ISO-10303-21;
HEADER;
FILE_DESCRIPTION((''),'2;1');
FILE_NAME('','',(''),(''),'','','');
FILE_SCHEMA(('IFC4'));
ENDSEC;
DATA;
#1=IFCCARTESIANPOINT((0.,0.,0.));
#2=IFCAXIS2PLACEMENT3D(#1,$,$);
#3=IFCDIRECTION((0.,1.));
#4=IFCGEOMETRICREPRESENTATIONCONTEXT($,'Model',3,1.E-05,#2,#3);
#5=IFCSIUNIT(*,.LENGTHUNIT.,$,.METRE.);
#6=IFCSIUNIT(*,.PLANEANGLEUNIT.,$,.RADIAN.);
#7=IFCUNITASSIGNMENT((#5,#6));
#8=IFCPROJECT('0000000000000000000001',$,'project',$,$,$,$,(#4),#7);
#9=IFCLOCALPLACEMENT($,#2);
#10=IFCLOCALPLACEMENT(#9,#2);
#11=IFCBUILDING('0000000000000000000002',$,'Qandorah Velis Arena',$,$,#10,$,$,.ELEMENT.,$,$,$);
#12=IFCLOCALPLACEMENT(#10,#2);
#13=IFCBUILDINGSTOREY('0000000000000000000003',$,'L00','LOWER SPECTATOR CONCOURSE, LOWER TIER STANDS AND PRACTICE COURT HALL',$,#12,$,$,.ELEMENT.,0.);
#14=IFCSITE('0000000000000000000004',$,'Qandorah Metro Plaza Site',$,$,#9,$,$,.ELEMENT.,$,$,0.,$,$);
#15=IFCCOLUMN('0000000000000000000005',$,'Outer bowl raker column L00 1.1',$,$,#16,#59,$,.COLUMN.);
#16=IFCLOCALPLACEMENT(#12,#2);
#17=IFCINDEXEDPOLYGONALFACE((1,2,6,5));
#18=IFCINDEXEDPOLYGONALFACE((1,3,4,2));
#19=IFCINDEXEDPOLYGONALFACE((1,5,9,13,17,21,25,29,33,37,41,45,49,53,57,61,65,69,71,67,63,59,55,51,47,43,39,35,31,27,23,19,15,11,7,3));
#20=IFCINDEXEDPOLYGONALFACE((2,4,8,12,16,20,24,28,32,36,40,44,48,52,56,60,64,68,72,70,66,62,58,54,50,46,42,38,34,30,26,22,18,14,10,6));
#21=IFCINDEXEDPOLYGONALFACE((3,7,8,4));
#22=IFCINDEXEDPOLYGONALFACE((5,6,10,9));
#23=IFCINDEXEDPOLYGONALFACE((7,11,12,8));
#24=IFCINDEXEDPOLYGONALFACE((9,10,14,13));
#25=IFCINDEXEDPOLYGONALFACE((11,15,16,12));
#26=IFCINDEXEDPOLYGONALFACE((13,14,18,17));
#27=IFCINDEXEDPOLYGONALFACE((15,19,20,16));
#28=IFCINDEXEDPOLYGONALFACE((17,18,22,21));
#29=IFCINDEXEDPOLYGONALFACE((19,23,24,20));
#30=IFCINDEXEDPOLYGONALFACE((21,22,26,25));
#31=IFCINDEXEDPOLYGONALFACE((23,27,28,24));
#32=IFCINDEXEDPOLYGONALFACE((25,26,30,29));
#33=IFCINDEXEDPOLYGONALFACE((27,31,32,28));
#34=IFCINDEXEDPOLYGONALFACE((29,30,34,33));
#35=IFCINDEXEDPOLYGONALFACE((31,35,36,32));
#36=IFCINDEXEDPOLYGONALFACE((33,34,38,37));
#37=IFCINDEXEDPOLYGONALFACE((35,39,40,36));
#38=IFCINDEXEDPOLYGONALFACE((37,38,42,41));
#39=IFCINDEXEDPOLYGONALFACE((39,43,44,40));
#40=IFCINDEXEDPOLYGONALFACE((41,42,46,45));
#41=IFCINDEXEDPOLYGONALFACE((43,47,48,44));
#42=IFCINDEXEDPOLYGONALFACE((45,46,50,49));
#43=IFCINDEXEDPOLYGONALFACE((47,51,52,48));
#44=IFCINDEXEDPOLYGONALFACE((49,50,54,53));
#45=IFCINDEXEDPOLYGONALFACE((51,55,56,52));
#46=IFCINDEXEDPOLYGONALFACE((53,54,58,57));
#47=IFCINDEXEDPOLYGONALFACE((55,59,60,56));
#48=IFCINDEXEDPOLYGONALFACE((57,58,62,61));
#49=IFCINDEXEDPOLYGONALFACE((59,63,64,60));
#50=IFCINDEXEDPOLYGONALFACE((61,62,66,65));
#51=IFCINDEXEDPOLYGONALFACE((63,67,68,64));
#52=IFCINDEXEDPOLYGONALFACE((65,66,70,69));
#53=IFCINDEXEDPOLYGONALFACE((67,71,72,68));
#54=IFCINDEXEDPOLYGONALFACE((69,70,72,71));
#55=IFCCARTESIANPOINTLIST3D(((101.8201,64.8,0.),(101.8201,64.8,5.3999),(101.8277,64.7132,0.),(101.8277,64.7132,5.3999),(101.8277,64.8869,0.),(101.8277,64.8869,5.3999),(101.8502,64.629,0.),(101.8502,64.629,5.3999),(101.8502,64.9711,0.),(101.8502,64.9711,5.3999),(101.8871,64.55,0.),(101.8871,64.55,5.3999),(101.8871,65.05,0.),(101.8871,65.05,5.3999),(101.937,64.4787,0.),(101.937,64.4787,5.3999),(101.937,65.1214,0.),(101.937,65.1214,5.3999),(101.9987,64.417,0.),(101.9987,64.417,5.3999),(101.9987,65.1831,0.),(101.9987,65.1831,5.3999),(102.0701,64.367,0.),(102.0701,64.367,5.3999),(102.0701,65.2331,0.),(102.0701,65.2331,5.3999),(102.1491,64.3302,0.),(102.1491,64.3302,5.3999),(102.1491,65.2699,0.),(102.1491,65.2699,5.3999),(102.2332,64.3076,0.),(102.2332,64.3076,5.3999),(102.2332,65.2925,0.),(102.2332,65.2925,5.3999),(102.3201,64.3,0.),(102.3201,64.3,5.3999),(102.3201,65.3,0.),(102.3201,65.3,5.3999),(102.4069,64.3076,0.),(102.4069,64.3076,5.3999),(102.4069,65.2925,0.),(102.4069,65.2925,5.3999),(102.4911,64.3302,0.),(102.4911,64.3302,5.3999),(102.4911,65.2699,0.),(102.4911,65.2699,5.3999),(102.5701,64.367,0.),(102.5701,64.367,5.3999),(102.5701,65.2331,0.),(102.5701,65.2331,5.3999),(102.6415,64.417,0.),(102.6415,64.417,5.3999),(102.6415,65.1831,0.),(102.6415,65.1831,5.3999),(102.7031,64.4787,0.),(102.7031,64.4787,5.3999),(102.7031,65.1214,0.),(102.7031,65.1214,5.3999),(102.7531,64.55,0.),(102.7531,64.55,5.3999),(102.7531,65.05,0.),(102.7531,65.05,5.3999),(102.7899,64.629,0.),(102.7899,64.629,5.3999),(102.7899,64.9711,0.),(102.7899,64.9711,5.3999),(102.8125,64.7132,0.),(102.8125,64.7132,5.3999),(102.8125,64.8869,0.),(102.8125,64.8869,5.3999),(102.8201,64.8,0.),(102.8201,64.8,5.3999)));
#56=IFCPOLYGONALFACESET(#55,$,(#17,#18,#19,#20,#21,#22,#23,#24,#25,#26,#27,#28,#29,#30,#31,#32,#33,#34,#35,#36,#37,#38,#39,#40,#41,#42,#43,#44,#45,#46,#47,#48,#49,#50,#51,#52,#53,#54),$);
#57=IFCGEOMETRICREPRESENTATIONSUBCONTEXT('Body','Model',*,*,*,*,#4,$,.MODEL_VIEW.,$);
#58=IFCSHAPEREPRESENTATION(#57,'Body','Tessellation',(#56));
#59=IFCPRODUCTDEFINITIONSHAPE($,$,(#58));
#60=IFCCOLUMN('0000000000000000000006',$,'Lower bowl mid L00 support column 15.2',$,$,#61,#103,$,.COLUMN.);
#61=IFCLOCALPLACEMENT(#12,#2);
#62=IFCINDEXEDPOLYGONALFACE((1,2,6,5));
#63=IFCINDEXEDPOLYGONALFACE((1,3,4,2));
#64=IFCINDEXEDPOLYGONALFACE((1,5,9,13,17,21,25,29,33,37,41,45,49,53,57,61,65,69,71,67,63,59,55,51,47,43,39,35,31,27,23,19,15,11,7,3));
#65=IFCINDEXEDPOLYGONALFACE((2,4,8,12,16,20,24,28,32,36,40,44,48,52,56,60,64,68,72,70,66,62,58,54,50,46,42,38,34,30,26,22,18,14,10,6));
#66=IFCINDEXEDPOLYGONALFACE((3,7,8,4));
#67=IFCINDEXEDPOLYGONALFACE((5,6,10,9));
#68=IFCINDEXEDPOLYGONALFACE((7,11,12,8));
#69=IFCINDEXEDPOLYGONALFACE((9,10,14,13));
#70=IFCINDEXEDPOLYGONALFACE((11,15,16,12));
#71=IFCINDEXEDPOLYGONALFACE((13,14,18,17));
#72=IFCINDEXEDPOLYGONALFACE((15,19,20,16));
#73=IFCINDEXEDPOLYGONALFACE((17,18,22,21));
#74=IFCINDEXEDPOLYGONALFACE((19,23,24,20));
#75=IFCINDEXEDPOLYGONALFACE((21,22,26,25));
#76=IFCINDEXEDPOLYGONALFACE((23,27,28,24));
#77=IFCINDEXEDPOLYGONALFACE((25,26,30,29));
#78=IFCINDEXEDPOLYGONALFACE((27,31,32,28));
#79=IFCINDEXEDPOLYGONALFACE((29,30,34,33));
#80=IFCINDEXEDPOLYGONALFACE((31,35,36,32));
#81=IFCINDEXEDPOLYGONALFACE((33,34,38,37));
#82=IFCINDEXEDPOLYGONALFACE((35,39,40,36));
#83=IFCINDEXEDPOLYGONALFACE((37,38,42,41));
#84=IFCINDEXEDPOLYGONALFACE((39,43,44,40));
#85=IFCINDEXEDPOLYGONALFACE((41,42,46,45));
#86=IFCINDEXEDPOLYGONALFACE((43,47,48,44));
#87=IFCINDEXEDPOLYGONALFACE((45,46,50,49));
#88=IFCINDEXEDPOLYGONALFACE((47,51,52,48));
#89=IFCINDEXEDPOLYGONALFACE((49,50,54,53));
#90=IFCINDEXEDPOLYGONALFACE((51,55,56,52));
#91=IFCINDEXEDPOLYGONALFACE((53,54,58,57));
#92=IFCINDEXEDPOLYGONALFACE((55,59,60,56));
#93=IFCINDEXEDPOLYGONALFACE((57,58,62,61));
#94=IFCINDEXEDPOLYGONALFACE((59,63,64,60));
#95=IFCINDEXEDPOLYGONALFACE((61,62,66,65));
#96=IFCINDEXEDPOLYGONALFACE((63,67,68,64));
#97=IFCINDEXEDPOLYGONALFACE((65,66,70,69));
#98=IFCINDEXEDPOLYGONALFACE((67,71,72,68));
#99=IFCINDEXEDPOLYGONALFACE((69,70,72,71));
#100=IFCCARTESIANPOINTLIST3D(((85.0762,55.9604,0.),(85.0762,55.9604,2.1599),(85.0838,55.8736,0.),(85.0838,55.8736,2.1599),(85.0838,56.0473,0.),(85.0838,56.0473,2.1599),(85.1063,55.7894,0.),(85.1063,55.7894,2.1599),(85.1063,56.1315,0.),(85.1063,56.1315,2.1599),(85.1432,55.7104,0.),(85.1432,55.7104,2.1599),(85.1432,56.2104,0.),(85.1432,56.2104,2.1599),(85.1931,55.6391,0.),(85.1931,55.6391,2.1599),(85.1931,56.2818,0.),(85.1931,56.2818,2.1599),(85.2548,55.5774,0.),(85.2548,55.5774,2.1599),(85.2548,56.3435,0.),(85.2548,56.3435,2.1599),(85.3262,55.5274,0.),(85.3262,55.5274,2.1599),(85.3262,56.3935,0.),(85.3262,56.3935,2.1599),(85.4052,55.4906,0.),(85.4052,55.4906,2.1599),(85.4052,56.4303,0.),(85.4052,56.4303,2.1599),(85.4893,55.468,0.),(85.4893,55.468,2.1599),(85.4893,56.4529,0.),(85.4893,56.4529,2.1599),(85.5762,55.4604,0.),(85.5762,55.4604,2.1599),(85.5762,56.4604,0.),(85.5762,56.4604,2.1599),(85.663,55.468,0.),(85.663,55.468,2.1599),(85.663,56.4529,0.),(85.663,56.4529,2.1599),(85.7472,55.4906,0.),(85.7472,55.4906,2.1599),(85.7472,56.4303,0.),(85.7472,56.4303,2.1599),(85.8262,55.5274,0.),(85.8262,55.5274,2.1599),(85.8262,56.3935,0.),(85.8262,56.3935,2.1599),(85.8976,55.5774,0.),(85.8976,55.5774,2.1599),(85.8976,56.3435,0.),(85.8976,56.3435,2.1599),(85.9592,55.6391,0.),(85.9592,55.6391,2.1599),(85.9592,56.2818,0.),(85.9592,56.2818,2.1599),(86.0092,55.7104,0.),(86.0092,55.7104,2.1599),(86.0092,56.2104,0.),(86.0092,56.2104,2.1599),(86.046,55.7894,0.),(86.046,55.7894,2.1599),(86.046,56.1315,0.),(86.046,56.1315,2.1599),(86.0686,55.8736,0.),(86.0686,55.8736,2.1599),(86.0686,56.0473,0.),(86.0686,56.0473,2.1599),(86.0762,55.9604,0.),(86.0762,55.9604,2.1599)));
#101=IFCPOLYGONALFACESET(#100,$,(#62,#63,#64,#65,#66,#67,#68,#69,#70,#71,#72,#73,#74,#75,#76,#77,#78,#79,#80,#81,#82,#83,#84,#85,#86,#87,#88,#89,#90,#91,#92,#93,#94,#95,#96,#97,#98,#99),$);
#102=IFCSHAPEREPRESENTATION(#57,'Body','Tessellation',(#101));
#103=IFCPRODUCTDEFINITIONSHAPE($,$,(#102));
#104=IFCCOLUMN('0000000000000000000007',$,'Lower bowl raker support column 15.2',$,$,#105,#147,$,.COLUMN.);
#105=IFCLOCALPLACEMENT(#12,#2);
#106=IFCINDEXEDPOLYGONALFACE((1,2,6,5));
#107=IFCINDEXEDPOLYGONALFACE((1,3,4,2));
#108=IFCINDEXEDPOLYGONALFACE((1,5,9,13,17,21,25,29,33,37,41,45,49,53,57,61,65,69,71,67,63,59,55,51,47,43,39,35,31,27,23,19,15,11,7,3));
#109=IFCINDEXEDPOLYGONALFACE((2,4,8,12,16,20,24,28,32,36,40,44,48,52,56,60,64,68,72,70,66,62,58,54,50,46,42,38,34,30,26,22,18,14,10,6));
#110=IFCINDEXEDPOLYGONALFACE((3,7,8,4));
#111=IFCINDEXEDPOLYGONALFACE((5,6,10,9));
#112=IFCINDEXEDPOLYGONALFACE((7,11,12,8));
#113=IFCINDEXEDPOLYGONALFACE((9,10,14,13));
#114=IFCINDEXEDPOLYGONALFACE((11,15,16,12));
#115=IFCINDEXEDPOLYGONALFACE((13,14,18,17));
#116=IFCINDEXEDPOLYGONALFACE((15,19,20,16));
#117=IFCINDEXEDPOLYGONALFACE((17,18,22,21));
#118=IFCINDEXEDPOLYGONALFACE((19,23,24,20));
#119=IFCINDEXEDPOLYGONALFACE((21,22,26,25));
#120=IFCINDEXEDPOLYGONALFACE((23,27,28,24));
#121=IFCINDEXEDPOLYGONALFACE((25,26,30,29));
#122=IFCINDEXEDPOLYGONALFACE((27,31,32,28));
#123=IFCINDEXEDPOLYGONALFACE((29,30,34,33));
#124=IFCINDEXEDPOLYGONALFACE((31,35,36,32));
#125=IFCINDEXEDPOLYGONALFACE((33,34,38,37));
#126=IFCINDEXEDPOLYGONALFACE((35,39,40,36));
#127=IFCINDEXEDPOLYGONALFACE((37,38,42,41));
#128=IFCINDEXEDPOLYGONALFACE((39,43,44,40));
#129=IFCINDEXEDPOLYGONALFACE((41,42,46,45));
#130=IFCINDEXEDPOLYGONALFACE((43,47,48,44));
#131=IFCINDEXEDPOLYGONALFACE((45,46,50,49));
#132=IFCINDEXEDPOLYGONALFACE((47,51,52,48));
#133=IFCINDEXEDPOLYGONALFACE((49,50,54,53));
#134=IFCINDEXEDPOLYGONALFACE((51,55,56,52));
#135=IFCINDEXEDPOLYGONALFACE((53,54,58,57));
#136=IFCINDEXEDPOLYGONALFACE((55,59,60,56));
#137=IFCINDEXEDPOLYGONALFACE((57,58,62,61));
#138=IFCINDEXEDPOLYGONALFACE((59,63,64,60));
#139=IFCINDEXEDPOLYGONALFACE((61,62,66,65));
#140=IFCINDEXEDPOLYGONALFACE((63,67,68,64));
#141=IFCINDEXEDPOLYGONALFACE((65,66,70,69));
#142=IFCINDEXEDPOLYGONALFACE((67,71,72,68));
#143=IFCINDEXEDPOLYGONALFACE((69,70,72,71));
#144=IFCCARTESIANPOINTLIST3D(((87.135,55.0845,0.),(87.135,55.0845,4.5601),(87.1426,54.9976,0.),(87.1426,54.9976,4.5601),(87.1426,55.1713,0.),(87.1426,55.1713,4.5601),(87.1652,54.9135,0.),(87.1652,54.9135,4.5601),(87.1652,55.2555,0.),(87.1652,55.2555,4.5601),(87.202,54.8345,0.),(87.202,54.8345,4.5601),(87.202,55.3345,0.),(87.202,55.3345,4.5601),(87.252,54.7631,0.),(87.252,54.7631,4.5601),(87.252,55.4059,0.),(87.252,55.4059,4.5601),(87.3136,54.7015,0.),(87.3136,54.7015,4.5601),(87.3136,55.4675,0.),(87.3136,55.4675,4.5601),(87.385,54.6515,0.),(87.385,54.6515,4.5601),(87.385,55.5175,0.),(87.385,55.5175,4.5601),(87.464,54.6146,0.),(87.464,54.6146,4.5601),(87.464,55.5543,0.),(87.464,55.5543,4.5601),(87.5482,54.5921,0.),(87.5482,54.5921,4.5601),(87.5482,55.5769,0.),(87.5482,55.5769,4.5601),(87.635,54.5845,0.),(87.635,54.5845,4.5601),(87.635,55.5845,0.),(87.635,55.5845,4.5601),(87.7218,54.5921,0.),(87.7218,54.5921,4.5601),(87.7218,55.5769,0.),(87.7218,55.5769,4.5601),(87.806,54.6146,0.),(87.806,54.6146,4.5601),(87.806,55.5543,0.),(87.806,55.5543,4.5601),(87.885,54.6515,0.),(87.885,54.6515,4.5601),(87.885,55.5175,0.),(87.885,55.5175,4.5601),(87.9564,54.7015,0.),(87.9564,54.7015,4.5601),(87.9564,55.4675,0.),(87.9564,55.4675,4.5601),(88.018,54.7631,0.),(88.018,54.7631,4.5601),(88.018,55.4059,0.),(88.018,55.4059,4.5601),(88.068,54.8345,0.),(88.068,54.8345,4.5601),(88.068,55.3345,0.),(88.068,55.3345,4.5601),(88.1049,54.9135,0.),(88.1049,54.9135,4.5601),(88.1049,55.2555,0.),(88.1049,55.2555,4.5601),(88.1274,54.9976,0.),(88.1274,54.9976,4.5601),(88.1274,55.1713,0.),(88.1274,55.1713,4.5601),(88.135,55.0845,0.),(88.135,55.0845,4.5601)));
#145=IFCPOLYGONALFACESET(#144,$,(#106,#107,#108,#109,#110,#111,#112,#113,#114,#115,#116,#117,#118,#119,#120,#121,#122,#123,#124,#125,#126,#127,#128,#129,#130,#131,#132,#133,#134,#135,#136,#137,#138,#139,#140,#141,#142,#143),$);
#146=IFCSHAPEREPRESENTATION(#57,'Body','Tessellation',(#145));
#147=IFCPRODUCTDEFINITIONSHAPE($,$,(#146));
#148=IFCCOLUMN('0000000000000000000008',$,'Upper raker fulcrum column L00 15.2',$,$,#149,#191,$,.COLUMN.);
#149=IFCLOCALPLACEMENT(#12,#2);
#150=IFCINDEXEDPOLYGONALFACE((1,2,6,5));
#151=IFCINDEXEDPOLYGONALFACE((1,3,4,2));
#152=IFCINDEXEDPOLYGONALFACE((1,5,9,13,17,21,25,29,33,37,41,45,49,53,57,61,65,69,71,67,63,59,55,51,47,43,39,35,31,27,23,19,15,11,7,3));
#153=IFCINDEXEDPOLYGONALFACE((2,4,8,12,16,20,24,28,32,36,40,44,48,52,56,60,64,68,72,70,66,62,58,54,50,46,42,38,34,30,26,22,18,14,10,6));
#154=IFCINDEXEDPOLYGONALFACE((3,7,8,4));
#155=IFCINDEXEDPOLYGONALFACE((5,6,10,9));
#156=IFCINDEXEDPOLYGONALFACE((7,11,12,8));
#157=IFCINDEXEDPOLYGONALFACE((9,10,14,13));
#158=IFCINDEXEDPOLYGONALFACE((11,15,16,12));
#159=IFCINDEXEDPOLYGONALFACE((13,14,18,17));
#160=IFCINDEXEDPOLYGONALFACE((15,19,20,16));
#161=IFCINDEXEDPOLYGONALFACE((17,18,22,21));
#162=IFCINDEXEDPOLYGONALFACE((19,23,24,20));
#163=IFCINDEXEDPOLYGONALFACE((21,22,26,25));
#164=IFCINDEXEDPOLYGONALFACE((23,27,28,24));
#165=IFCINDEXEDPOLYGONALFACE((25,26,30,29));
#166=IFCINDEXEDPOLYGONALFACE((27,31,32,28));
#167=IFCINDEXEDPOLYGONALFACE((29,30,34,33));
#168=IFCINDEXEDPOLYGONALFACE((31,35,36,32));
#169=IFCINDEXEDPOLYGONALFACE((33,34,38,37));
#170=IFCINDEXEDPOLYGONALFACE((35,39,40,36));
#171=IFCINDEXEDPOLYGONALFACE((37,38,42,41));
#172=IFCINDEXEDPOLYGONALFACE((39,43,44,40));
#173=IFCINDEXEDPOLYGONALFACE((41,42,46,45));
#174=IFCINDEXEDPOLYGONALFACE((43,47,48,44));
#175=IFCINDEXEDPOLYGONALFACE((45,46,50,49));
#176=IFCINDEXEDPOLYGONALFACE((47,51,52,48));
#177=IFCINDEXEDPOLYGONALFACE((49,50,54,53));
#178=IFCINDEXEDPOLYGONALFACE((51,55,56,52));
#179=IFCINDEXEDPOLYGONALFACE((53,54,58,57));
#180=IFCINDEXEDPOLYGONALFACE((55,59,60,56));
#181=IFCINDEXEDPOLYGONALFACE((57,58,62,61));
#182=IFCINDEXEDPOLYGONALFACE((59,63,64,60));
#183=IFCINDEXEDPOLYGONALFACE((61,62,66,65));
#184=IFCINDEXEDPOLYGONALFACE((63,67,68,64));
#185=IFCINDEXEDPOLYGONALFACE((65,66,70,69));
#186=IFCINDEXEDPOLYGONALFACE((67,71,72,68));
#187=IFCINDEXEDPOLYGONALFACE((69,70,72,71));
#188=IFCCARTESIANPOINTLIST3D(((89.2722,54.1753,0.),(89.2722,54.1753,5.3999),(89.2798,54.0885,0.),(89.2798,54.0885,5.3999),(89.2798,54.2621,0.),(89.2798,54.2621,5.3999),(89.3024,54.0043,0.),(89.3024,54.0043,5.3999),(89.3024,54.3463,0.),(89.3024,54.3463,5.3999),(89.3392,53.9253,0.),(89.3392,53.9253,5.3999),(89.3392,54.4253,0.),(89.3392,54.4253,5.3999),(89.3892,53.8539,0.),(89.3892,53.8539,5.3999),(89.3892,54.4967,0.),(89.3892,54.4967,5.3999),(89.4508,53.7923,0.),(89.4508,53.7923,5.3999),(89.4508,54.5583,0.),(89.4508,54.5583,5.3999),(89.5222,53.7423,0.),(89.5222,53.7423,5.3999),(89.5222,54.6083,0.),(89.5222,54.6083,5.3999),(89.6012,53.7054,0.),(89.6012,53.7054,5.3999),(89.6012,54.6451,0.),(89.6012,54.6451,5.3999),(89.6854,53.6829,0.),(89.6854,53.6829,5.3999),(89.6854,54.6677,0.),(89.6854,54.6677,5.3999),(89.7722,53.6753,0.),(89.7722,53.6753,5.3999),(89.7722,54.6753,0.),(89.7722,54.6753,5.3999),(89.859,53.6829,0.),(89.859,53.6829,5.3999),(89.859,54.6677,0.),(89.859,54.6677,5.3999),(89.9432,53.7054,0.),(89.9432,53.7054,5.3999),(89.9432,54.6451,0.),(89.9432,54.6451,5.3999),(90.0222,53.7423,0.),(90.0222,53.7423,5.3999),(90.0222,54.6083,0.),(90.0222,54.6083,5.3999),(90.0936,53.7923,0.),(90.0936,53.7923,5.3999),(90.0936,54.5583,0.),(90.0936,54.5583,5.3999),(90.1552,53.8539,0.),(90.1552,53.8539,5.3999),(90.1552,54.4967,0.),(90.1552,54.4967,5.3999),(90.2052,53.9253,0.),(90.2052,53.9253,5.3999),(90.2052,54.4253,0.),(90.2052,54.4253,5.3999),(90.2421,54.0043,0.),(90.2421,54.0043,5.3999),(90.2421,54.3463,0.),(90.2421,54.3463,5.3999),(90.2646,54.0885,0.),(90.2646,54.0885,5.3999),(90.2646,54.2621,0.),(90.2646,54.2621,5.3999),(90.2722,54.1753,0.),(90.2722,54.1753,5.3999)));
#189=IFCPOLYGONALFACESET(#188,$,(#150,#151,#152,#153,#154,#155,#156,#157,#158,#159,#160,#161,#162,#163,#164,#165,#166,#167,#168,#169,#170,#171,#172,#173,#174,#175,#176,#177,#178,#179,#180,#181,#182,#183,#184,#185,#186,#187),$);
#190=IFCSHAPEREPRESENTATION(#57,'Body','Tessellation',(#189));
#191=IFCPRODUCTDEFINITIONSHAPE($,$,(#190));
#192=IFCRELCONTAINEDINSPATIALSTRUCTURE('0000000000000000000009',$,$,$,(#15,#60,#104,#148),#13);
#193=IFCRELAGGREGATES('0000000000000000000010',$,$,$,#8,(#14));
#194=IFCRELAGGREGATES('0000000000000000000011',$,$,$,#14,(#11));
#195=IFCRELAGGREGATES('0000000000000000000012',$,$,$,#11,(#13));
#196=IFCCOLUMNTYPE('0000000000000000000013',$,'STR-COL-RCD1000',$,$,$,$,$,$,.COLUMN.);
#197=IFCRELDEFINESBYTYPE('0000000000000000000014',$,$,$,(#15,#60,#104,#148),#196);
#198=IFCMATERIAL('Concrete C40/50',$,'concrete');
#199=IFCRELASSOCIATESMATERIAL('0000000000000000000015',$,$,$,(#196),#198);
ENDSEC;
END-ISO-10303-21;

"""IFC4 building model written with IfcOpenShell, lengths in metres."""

from ifc_helpers import new_model, si_unit, direction, frame, origin, origin_2d, place, context, subcontext, project, spatial, circle, extrude, material, material_profile, profile_set, type_object, element, save


model = new_model("IFC4")

# Units and contexts
model_context = context("Model", 3, precision=1e-05, world=origin(), true_north=direction((0.0, 1.0)))
body_context = subcontext(model_context, "Body", "Model", "MODEL_VIEW")
ifc_project = project(units=[si_unit("LENGTHUNIT", "METRE"), si_unit("PLANEANGLEUNIT", "RADIAN")], contexts=[model_context])

# Site, building, storey
site_placement = place(None, origin())
site = spatial("IfcSite", under=ifc_project, at=site_placement, Name="Qandorah Metro Plaza Site", CompositionType="ELEMENT", RefElevation=0.0)
building_placement = place(site_placement, origin())
building = spatial("IfcBuilding", under=site, at=building_placement, Name="Qandorah Velis Arena", CompositionType="ELEMENT")
storey_placement = place(building_placement, origin())
storey = spatial("IfcBuildingStorey", under=building, at=storey_placement, Name="L00", Description="LOWER SPECTATOR CONCOURSE, LOWER TIER STANDS AND PRACTICE COURT HALL", CompositionType="ELEMENT", Elevation=0.0)

# Columns
ifc_material_1 = material(Name="Concrete C40/50", Category="concrete")
ifc_material_profile_1 = material_profile(ifc_material_1, circle(Radius=0.5, at=origin_2d()), Name="RC D1000")
ifc_profile_set_1 = profile_set([ifc_material_profile_1], Name="Concrete C40/50")
column_type_1 = type_object("IfcColumnType", Name="STR-COL-RCD1000", PredefinedType="COLUMN", material=ifc_profile_set_1)
for number, where, z_axis, x_axis, name in (
    (1, (102.3201, 64.8, 0.0), (0.0, 0.0, 1.0), (1.0, 0.0, 0.0), "Outer bowl raker column L00 1.1"),
):
    element("IfcColumn", number, at=place(storey_placement, frame(where, z_axis=z_axis, x_axis=x_axis)), inside=storey, type_object=column_type_1, Name=name, PredefinedType="COLUMN", context=body_context, shape_type="SweptSolid", body=[
        extrude(circle(Radius=0.5, at=origin_2d()), origin(), (0.0, 0.0, 1.0), 5.3999),
    ])
column_1_placement = place(storey_placement, frame((85.5762, 55.9604, 0.0), z_axis=(0.0, 0.0, 1.0), x_axis=(1.0, 0.0, 0.0)))
element("IfcColumn", 2, at=column_1_placement, inside=storey, type_object=column_type_1, Name="Lower bowl mid L00 support column 15.2", PredefinedType="COLUMN", context=body_context, shape_type="SweptSolid", body=[
    extrude(circle(Radius=0.5, at=origin_2d()), origin(), (0.0, 0.0, 1.0), 2.1599),
])
column_2_placement = place(storey_placement, frame((87.635, 55.0845, 0.0), z_axis=(0.0, 0.0, 1.0), x_axis=(1.0, 0.0, 0.0)))
element("IfcColumn", 3, at=column_2_placement, inside=storey, type_object=column_type_1, Name="Lower bowl raker support column 15.2", PredefinedType="COLUMN", context=body_context, shape_type="SweptSolid", body=[
    extrude(circle(Radius=0.5, at=origin_2d()), origin(), (0.0, 0.0, 1.0), 4.5601),
])
column_3_placement = place(storey_placement, frame((89.7722, 54.1753, 0.0), z_axis=(0.0, 0.0, 1.0), x_axis=(1.0, 0.0, 0.0)))
element("IfcColumn", 4, at=column_3_placement, inside=storey, type_object=column_type_1, Name="Upper raker fulcrum column L00 15.2", PredefinedType="COLUMN", context=body_context, shape_type="SweptSolid", body=[
    extrude(circle(Radius=0.5, at=origin_2d()), origin(), (0.0, 0.0, 1.0), 5.3999),
])

save(model, "model.ifc")
